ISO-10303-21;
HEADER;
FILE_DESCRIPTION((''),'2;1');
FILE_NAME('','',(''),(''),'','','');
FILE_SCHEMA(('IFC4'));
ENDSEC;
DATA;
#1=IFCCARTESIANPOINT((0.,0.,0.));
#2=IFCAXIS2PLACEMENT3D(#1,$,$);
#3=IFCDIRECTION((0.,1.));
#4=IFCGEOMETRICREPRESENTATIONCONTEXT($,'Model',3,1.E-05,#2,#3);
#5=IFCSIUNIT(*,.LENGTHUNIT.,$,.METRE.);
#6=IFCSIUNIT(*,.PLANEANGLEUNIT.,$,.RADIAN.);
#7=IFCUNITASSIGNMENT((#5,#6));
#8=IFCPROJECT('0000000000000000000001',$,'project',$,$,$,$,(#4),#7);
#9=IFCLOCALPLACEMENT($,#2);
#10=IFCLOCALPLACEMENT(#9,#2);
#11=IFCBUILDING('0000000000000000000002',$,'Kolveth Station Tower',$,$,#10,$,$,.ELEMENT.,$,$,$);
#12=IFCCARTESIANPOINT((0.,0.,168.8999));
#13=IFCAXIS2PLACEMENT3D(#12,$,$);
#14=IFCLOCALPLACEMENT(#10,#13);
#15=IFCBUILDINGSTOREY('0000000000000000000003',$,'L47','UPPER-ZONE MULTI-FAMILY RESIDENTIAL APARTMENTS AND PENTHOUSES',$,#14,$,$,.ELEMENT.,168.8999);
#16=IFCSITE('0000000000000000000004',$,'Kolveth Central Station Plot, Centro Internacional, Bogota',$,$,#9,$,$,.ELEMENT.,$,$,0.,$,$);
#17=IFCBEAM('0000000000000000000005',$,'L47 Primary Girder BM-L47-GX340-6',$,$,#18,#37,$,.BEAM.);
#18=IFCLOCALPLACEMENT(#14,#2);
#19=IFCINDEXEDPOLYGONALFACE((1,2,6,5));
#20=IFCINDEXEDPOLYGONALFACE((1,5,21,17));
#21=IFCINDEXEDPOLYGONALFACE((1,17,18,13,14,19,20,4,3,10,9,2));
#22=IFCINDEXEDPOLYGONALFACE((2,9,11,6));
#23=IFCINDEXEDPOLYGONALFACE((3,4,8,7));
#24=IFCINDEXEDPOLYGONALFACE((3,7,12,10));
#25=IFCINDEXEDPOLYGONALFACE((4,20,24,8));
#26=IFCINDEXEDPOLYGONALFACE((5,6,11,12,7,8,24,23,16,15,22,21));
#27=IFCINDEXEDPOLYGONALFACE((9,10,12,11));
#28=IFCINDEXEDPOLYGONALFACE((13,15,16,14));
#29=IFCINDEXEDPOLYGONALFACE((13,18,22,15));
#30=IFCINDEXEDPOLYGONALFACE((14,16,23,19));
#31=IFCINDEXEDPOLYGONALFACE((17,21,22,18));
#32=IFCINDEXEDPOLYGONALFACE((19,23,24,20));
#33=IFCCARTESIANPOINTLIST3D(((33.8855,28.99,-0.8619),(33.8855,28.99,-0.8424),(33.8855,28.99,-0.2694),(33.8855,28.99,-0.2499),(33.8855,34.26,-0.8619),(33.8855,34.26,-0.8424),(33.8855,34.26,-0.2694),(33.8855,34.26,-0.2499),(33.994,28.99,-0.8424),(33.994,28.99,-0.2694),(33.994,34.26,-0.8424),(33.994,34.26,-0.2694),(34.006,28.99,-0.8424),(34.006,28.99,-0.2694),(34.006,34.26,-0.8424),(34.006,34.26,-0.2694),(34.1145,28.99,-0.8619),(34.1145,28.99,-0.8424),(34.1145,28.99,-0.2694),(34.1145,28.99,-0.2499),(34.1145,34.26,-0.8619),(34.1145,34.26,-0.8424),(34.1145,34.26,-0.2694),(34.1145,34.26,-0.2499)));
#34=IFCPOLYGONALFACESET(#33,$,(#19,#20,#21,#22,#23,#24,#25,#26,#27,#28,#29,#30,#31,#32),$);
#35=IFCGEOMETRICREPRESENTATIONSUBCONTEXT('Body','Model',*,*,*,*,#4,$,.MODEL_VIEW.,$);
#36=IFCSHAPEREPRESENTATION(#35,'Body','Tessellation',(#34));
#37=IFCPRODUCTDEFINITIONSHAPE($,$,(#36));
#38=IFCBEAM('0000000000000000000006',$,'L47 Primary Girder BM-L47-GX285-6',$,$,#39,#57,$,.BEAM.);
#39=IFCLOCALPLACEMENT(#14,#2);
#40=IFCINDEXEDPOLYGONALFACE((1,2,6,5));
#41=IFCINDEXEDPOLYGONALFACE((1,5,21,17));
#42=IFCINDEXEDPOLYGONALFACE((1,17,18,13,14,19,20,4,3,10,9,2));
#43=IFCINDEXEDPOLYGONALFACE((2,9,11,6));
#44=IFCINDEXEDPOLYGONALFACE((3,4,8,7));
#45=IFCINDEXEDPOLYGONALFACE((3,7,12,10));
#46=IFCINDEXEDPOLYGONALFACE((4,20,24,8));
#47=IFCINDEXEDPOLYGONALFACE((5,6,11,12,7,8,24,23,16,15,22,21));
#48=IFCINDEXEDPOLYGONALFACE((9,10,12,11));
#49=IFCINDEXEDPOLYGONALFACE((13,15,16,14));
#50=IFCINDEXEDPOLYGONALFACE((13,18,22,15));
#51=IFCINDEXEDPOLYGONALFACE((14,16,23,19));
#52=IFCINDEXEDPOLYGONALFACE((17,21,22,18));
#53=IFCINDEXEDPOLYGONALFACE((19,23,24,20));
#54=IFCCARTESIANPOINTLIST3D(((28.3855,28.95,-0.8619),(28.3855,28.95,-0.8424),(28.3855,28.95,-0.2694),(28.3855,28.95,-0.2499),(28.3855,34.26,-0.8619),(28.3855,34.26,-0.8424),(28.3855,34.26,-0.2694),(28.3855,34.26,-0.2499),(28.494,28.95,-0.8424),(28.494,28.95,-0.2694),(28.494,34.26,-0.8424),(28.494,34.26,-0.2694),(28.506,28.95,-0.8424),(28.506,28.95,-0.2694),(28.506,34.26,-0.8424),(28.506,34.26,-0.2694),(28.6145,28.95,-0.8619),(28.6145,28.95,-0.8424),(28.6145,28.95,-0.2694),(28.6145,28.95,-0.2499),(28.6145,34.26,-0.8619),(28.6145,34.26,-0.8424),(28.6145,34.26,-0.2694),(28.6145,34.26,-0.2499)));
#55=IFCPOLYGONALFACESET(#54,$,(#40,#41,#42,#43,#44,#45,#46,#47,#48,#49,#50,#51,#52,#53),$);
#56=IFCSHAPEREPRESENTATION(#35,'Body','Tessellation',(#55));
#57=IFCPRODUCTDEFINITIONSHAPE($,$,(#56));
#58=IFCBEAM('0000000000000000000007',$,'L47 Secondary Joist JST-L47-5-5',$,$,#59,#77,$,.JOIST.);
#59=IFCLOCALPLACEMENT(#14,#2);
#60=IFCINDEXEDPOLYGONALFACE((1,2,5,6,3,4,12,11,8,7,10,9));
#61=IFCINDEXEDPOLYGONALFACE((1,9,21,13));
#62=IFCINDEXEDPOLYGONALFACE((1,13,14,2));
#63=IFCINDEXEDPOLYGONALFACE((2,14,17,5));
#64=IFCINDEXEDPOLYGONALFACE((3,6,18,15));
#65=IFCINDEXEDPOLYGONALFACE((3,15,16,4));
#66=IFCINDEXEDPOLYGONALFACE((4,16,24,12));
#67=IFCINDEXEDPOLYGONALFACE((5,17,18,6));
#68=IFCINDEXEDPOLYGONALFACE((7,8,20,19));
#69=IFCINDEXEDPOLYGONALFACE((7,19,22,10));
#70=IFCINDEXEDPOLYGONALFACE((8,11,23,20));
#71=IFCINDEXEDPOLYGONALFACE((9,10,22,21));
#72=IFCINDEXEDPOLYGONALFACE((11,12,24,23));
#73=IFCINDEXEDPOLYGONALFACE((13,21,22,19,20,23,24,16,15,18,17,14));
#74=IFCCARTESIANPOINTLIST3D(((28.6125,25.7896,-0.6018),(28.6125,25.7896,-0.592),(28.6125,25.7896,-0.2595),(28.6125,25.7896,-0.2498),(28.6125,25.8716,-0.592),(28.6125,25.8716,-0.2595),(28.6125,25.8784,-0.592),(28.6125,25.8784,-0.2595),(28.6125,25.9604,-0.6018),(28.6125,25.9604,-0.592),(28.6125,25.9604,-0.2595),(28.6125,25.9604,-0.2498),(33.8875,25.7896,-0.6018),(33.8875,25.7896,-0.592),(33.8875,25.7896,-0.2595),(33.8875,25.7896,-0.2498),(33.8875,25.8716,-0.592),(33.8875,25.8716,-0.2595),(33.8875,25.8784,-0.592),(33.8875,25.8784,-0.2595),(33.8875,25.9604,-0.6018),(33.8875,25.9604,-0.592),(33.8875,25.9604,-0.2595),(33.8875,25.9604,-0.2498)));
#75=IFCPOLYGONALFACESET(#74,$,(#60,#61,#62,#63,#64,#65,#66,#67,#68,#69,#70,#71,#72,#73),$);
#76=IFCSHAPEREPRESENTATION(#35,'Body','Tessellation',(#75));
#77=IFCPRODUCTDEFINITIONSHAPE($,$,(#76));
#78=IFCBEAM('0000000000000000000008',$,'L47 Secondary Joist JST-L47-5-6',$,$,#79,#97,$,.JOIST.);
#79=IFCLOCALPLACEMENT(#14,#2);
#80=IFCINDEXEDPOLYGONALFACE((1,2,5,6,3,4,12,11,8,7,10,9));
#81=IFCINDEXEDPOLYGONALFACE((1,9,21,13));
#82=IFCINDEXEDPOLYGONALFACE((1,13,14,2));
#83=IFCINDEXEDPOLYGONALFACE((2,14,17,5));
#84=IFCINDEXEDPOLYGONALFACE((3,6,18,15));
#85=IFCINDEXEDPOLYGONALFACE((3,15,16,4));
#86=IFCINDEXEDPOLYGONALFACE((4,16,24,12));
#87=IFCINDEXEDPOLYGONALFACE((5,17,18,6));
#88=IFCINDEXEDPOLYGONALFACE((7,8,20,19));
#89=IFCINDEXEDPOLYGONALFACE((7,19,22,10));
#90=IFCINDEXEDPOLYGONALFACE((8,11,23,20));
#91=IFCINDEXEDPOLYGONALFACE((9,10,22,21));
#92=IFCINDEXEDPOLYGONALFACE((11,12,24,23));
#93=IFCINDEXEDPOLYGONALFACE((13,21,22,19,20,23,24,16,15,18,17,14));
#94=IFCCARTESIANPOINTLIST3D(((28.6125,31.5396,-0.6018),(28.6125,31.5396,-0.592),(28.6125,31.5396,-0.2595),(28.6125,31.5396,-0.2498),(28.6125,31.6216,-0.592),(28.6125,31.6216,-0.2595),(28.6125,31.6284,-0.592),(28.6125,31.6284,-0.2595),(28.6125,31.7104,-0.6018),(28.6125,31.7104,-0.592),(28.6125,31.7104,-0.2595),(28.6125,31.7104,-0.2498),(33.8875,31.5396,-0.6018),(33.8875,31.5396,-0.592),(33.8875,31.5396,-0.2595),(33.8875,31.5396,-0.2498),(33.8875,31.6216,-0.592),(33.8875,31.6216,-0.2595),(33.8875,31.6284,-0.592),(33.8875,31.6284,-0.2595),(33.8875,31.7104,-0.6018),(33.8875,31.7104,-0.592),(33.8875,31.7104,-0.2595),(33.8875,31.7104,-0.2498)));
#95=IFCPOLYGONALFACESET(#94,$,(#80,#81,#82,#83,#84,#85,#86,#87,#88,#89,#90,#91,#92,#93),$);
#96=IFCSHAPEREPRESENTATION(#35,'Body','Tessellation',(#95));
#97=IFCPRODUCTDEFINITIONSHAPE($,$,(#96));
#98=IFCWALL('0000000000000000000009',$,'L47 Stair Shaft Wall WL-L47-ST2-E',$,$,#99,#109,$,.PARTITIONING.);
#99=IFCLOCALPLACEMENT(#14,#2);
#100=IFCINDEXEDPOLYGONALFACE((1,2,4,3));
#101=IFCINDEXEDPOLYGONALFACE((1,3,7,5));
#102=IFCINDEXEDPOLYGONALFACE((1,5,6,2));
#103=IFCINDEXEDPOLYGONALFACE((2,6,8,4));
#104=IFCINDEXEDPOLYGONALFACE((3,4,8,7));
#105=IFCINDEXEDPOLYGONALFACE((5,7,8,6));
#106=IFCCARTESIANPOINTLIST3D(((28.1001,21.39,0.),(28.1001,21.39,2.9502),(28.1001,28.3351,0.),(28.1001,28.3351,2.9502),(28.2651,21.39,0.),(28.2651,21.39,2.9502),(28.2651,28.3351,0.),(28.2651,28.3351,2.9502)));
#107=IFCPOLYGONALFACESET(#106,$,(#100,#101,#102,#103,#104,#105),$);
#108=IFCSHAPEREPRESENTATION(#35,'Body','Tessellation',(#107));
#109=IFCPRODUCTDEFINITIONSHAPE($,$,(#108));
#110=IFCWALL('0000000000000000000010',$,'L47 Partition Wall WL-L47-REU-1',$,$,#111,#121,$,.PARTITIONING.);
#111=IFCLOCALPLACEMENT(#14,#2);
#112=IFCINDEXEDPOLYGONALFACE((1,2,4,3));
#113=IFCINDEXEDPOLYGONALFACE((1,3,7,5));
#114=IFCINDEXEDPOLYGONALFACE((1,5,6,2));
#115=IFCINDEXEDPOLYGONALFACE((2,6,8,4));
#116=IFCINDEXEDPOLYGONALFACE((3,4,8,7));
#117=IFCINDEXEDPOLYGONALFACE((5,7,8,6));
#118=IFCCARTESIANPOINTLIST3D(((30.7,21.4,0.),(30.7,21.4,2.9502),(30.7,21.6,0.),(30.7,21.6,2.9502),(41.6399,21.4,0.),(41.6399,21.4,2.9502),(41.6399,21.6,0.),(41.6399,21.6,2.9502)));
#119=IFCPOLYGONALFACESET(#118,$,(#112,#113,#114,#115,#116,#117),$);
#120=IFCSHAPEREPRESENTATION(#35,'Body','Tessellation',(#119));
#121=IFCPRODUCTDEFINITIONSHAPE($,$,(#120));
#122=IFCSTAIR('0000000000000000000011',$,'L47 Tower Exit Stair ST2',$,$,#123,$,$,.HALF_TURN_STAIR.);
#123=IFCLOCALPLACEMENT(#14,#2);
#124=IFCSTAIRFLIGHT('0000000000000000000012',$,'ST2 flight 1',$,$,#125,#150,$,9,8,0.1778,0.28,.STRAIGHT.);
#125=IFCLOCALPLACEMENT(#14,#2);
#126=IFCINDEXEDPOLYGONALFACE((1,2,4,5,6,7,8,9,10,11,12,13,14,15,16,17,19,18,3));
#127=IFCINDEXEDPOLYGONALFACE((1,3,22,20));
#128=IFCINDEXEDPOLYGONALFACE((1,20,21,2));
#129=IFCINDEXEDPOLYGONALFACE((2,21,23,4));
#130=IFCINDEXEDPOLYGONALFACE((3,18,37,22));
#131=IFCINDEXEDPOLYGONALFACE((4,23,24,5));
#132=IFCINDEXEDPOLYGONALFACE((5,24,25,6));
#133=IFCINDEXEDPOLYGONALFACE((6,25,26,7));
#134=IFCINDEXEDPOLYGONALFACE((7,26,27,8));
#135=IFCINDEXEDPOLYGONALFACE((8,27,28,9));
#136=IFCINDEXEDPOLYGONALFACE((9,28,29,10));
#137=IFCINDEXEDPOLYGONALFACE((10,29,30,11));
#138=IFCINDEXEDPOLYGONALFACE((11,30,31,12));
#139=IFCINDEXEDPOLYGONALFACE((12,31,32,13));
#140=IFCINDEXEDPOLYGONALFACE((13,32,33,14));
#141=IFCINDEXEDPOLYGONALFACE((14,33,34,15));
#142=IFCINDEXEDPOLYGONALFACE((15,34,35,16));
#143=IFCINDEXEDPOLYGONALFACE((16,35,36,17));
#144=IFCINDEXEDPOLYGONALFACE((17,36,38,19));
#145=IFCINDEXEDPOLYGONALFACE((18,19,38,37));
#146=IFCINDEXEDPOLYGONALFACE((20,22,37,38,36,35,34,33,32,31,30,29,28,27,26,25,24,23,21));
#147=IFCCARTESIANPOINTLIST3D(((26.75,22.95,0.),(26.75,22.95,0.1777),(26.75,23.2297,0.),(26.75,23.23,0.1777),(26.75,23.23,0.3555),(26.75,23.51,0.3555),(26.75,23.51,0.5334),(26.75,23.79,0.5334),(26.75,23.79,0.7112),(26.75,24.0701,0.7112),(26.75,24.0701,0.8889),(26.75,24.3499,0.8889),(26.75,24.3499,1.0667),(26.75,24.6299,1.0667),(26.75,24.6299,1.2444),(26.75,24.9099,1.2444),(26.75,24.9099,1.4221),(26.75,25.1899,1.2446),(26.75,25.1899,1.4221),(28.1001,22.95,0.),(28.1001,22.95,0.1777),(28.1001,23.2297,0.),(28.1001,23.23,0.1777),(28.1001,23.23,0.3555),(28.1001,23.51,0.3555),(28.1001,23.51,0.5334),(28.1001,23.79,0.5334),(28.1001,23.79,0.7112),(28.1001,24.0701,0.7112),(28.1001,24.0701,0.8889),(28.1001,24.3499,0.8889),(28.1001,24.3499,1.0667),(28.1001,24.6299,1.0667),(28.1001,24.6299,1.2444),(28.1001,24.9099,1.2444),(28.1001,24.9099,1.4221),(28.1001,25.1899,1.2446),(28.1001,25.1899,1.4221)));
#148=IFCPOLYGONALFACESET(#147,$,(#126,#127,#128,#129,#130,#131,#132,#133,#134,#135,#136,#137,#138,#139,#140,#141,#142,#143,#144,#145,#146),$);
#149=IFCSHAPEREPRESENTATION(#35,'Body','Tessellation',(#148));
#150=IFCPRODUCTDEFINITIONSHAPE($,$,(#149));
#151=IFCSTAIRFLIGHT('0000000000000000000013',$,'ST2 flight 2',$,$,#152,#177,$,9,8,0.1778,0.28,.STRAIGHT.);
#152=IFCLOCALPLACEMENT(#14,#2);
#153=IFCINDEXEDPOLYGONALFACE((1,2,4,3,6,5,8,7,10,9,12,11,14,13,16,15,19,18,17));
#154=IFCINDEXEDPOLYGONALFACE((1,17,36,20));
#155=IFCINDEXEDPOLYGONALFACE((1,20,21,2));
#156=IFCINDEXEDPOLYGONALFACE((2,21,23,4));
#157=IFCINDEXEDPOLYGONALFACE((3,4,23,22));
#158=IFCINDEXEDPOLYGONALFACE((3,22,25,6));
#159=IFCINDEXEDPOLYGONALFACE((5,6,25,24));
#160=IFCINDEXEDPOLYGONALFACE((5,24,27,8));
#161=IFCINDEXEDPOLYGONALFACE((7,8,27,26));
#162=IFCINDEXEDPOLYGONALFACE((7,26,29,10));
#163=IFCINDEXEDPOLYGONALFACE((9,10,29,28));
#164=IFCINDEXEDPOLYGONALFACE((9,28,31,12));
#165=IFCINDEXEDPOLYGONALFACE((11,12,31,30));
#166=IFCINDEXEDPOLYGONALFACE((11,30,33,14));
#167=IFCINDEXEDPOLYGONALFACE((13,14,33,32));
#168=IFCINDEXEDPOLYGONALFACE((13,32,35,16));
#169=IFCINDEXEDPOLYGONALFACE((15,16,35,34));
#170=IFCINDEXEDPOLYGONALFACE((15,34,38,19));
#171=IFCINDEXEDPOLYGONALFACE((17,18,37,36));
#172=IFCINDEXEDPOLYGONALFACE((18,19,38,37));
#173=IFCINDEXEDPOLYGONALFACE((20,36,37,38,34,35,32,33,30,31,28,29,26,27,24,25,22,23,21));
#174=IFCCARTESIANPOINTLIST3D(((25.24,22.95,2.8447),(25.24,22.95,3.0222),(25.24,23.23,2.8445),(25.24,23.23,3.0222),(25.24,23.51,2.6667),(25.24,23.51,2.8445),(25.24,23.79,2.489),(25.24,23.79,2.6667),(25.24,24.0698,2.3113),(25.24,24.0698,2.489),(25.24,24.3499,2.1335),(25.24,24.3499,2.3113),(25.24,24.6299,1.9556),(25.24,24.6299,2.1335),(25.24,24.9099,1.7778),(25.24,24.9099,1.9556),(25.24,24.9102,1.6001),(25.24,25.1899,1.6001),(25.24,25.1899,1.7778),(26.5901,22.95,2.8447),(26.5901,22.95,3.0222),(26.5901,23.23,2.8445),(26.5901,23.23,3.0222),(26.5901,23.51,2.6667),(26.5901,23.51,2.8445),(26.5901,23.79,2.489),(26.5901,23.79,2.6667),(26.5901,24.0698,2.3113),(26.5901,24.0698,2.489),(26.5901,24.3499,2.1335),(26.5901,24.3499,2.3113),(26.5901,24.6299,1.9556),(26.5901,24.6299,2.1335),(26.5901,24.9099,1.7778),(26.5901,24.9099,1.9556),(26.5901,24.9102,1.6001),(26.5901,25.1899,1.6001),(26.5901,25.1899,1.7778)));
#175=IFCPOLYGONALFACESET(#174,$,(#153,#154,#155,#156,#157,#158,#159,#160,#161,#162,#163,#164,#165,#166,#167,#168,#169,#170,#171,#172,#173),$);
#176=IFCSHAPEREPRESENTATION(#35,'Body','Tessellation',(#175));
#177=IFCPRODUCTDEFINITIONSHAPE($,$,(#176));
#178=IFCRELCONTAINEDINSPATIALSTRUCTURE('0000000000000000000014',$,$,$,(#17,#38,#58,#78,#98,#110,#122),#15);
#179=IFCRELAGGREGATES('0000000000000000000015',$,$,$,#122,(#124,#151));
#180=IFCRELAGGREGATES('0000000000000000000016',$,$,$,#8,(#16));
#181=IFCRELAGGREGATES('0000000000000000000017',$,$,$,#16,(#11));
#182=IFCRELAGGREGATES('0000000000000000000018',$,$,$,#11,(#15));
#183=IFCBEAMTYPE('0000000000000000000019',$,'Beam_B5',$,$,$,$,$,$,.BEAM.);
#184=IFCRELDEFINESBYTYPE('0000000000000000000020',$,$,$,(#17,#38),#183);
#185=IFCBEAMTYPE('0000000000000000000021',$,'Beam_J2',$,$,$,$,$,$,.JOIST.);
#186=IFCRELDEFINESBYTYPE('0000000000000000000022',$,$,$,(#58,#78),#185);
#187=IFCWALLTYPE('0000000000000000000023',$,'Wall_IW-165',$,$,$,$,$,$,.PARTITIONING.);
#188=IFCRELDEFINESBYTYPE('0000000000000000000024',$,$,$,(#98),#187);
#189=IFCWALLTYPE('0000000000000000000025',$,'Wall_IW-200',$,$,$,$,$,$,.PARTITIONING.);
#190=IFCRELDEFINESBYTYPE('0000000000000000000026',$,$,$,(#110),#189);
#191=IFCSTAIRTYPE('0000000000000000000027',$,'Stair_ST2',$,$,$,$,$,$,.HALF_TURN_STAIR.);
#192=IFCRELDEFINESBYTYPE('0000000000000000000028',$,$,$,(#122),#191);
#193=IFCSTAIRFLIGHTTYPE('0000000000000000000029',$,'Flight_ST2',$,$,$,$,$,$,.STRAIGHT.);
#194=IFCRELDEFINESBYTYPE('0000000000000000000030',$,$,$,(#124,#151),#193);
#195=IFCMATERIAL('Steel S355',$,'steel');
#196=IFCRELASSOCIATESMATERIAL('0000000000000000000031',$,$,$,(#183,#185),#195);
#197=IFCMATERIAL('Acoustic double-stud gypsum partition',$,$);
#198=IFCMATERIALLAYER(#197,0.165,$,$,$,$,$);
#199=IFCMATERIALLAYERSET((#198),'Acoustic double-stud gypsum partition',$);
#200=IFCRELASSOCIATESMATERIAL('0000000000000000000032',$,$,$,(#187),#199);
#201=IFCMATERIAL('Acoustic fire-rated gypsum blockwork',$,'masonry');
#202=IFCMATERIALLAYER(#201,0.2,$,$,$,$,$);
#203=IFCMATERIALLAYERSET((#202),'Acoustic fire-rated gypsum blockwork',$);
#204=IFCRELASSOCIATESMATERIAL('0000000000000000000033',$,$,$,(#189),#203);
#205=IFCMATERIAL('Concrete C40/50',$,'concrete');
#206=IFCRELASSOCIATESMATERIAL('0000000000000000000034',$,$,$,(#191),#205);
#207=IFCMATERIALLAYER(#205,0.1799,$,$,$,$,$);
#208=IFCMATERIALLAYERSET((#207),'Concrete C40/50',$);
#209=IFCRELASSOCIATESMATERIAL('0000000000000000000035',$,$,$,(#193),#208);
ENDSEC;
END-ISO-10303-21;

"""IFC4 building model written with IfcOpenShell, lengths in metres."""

from ifc_helpers import new_model, si_unit, direction, frame, frame_2d, origin, origin_2d, place, context, subcontext, project, spatial, polyline, rectangle, i_section, outline, extrude, source, transform, mapped, material, layer, layer_set, material_profile, profile_set, type_object, element, aggregate, save


model = new_model("IFC4")

# Units and contexts
model_context = context("Model", 3, precision=1e-05, world=origin(), true_north=direction((0.0, 1.0)))
body_context = subcontext(model_context, "Body", "Model", "MODEL_VIEW")
ifc_project = project(units=[si_unit("LENGTHUNIT", "METRE"), si_unit("PLANEANGLEUNIT", "RADIAN")], contexts=[model_context])

# Site, building, storey
site_placement = place(None, origin())
site = spatial("IfcSite", under=ifc_project, at=site_placement, Name="Kolveth Central Station Plot, Centro Internacional, Bogota", CompositionType="ELEMENT", RefElevation=0.0)
building_placement = place(site_placement, origin())
building = spatial("IfcBuilding", under=site, at=building_placement, Name="Kolveth Station Tower", CompositionType="ELEMENT")
storey_placement = place(building_placement, frame((0.0, 0.0, 168.8999)))
storey = spatial("IfcBuildingStorey", under=building, at=storey_placement, Name="L47", Description="UPPER-ZONE MULTI-FAMILY RESIDENTIAL APARTMENTS AND PENTHOUSES", CompositionType="ELEMENT", Elevation=168.8999)

# Shared definitions
ifc_material_1 = material(Name="Steel S355", Category="steel")

# Beams
ifc_material_profile_1 = material_profile(ifc_material_1, i_section(OverallWidth=0.229, OverallDepth=0.6121, WebThickness=0.012, FlangeThickness=0.0195, at=origin_2d()), Name="W610x125")
ifc_profile_set_1 = profile_set([ifc_material_profile_1], Name="Steel S355")
beam_type_1 = type_object("IfcBeamType", Name="Beam_B5", PredefinedType="BEAM", material=ifc_profile_set_1)
shared_shape_1 = source(origin(), body_context, "Body", "SweptSolid", [
    extrude(i_section(OverallWidth=0.229, OverallDepth=0.6121, WebThickness=0.012, FlangeThickness=0.0195, at=origin_2d()), origin(), (0.0, 0.0, 1.0), 5.27),
])
for number, where, z_axis, x_axis, name in (
    (1, (34.0, 28.99, -0.5559), (0.0, 1.0, 0.0), (-1.0, 0.0, 0.0), "L47 Primary Girder BM-L47-GX340-6"),
):
    element("IfcBeam", number, at=place(storey_placement, frame(where, z_axis=z_axis, x_axis=x_axis)), inside=storey, type_object=beam_type_1, Name=name, PredefinedType="BEAM", context=body_context, shape_type="MappedRepresentation", body=[
        mapped(shared_shape_1, transform((0.0, 0.0, 0.0), x_axis=(1.0, 0.0, 0.0), y_axis=(0.0, 1.0, 0.0), z_axis=(0.0, 0.0, 1.0), scale=1.0)),
    ])
shared_shape_2 = source(origin(), body_context, "Body", "SweptSolid", [
    extrude(i_section(OverallWidth=0.229, OverallDepth=0.6121, WebThickness=0.012, FlangeThickness=0.0195, at=origin_2d()), origin(), (0.0, 0.0, 1.0), 5.3101),
])
beam_1_placement = place(storey_placement, frame((28.5, 28.95, -0.5559), z_axis=(0.0, 1.0, 0.0), x_axis=(-1.0, 0.0, 0.0)))
element("IfcBeam", 2, at=beam_1_placement, inside=storey, type_object=beam_type_1, Name="L47 Primary Girder BM-L47-GX285-6", PredefinedType="BEAM", context=body_context, shape_type="MappedRepresentation", body=[
    mapped(shared_shape_2, transform((0.0, 0.0, 0.0), x_axis=(1.0, 0.0, 0.0), y_axis=(0.0, 1.0, 0.0), z_axis=(0.0, 0.0, 1.0), scale=1.0)),
])
ifc_material_profile_2 = material_profile(ifc_material_1, i_section(OverallWidth=0.1709, OverallDepth=0.3521, WebThickness=0.0068, FlangeThickness=0.0098, at=origin_2d()), Name="W360x44")
ifc_profile_set_2 = profile_set([ifc_material_profile_2], Name="Steel S355")
beam_type_2 = type_object("IfcBeamType", Name="Beam_J2", PredefinedType="JOIST", material=ifc_profile_set_2)
shared_shape_3 = source(origin(), body_context, "Body", "SweptSolid", [
    extrude(i_section(OverallWidth=0.1709, OverallDepth=0.3521, WebThickness=0.0068, FlangeThickness=0.0098, at=origin_2d()), origin(), (0.0, 0.0, 1.0), 5.2749),
])
for number, where, z_axis, x_axis, name in (
    (3, (28.6125, 25.875, -0.4258), (1.0, 0.0, 0.0), (0.0, 1.0, 0.0), "L47 Secondary Joist JST-L47-5-5"),
    (4, (28.6125, 31.625, -0.4258), (1.0, 0.0, 0.0), (0.0, 1.0, 0.0), "L47 Secondary Joist JST-L47-5-6"),
):
    element("IfcBeam", number, at=place(storey_placement, frame(where, z_axis=z_axis, x_axis=x_axis)), inside=storey, type_object=beam_type_2, Name=name, PredefinedType="JOIST", context=body_context, shape_type="MappedRepresentation", body=[
        mapped(shared_shape_3, transform((0.0, 0.0, 0.0), x_axis=(1.0, 0.0, 0.0), y_axis=(0.0, 1.0, 0.0), z_axis=(0.0, 0.0, 1.0), scale=1.0)),
    ])

# Walls
ifc_material_2 = material(Name="Acoustic double-stud gypsum partition")
ifc_layer_1 = layer(ifc_material_2, 0.165)
ifc_layer_set_1 = layer_set([ifc_layer_1], Name="Acoustic double-stud gypsum partition")
wall_type_1 = type_object("IfcWallType", Name="Wall_IW-165", PredefinedType="PARTITIONING", material=ifc_layer_set_1)
wall_1_placement = place(storey_placement, frame((28.1826, 21.3899, 0.0), z_axis=(0.0, 0.0, 1.0), x_axis=(0.0, 1.0, 0.0)))
element("IfcWall", 5, at=wall_1_placement, inside=storey, type_object=wall_type_1, Name="L47 Stair Shaft Wall WL-L47-ST2-E", PredefinedType="PARTITIONING", context=body_context, shape_type="SweptSolid", body=[
    extrude(rectangle(XDim=6.9451, YDim=0.165, at=frame_2d((3.4727, 0.0))), origin(), (0.0, 0.0, 1.0), 2.9502),
])
ifc_material_3 = material(Name="Acoustic fire-rated gypsum blockwork", Category="masonry")
ifc_layer_2 = layer(ifc_material_3, 0.2)
ifc_layer_set_2 = layer_set([ifc_layer_2], Name="Acoustic fire-rated gypsum blockwork")
wall_type_2 = type_object("IfcWallType", Name="Wall_IW-200", PredefinedType="PARTITIONING", material=ifc_layer_set_2)
wall_2_placement = place(storey_placement, frame((30.7, 21.5, 0.0), z_axis=(0.0, 0.0, 1.0), x_axis=(1.0, 0.0, 0.0)))
element("IfcWall", 6, at=wall_2_placement, inside=storey, type_object=wall_type_2, Name="L47 Partition Wall WL-L47-REU-1", PredefinedType="PARTITIONING", context=body_context, shape_type="SweptSolid", body=[
    extrude(rectangle(XDim=10.9399, YDim=0.2, at=frame_2d((5.47, 0.0))), origin(), (0.0, 0.0, 1.0), 2.9502),
])

# Stair, stair flights
ifc_material_4 = material(Name="Concrete C40/50", Category="concrete")
stair_type = type_object("IfcStairType", Name="Stair_ST2", PredefinedType="HALF_TURN_STAIR", material=ifc_material_4)
stair_placement = place(storey_placement, origin())
stair = element("IfcStair", 7, at=stair_placement, inside=storey, type_object=stair_type, Name="L47 Tower Exit Stair ST2", PredefinedType="HALF_TURN_STAIR")
ifc_layer_3 = layer(ifc_material_4, 0.1799)
ifc_layer_set_3 = layer_set([ifc_layer_3], Name="Concrete C40/50")
stair_flight_type = type_object("IfcStairFlightType", Name="Flight_ST2", PredefinedType="STRAIGHT", material=ifc_layer_set_3)
stair_flight_1_placement = place(storey_placement, frame((27.425, 22.95, 0.0), z_axis=(0.0, 0.0, 1.0), x_axis=(0.0, 1.0, 0.0)))
stair_flight_1 = element("IfcStairFlight", 8, at=stair_flight_1_placement, type_object=stair_flight_type, Name="ST2 flight 1", NumberOfRisers=9, NumberOfTreads=8, PredefinedType="STRAIGHT", RiserHeight=0.1778, TreadLength=0.28, context=body_context, shape_type="SweptSolid", body=[
    extrude(outline(polyline([(0.0, 0.0), (0.0, 0.1777), (0.28, 0.1777), (0.28, 0.3555), (0.5601, 0.3555), (0.5601, 0.5334), (0.8401, 0.5334), (0.8401, 0.7112), (1.1201, 0.7112), (1.1201, 0.8889), (1.3999, 0.8889), (1.3999, 1.0667), (1.6799, 1.0667), (1.6799, 1.2444), (1.96, 1.2444), (1.96, 1.4221), (2.24, 1.4221), (2.24, 1.6001), (2.24, 1.2446), (0.2798, 0.0), (0.0, 0.0)])), frame((0.0, 0.675, 0.0), z_axis=(0.0, -1.0, 0.0), x_axis=(1.0, 0.0, 0.0)), (0.0, 0.0, 1.0), 1.3501),
])
stair_flight_2_placement = place(storey_placement, frame((25.915, 25.1899, 1.6001), z_axis=(0.0, 0.0, 1.0), x_axis=(0.0, -1.0, 0.0)))
stair_flight_2 = element("IfcStairFlight", 9, at=stair_flight_2_placement, type_object=stair_flight_type, Name="ST2 flight 2", NumberOfRisers=9, NumberOfTreads=8, PredefinedType="STRAIGHT", RiserHeight=0.1778, TreadLength=0.28, context=body_context, shape_type="SweptSolid", body=[
    extrude(outline(polyline([(0.0, 0.0), (0.0, 0.1777), (0.28, 0.1777), (0.28, 0.3555), (0.5601, 0.3555), (0.5601, 0.5334), (0.8401, 0.5334), (0.8401, 0.7112), (1.1201, 0.7112), (1.1201, 0.8889), (1.3999, 0.8889), (1.3999, 1.0667), (1.6799, 1.0667), (1.6799, 1.2444), (1.96, 1.2444), (1.96, 1.4221), (2.24, 1.4221), (2.24, 1.6001), (2.24, 1.2446), (0.2798, 0.0), (0.0, 0.0)])), frame((0.0, 0.675, 0.0), z_axis=(0.0, -1.0, 0.0), x_axis=(1.0, 0.0, 0.0)), (0.0, 0.0, 1.0), 1.3501),
])
aggregate(stair, [stair_flight_1, stair_flight_2])

save(model, "model.ifc")
